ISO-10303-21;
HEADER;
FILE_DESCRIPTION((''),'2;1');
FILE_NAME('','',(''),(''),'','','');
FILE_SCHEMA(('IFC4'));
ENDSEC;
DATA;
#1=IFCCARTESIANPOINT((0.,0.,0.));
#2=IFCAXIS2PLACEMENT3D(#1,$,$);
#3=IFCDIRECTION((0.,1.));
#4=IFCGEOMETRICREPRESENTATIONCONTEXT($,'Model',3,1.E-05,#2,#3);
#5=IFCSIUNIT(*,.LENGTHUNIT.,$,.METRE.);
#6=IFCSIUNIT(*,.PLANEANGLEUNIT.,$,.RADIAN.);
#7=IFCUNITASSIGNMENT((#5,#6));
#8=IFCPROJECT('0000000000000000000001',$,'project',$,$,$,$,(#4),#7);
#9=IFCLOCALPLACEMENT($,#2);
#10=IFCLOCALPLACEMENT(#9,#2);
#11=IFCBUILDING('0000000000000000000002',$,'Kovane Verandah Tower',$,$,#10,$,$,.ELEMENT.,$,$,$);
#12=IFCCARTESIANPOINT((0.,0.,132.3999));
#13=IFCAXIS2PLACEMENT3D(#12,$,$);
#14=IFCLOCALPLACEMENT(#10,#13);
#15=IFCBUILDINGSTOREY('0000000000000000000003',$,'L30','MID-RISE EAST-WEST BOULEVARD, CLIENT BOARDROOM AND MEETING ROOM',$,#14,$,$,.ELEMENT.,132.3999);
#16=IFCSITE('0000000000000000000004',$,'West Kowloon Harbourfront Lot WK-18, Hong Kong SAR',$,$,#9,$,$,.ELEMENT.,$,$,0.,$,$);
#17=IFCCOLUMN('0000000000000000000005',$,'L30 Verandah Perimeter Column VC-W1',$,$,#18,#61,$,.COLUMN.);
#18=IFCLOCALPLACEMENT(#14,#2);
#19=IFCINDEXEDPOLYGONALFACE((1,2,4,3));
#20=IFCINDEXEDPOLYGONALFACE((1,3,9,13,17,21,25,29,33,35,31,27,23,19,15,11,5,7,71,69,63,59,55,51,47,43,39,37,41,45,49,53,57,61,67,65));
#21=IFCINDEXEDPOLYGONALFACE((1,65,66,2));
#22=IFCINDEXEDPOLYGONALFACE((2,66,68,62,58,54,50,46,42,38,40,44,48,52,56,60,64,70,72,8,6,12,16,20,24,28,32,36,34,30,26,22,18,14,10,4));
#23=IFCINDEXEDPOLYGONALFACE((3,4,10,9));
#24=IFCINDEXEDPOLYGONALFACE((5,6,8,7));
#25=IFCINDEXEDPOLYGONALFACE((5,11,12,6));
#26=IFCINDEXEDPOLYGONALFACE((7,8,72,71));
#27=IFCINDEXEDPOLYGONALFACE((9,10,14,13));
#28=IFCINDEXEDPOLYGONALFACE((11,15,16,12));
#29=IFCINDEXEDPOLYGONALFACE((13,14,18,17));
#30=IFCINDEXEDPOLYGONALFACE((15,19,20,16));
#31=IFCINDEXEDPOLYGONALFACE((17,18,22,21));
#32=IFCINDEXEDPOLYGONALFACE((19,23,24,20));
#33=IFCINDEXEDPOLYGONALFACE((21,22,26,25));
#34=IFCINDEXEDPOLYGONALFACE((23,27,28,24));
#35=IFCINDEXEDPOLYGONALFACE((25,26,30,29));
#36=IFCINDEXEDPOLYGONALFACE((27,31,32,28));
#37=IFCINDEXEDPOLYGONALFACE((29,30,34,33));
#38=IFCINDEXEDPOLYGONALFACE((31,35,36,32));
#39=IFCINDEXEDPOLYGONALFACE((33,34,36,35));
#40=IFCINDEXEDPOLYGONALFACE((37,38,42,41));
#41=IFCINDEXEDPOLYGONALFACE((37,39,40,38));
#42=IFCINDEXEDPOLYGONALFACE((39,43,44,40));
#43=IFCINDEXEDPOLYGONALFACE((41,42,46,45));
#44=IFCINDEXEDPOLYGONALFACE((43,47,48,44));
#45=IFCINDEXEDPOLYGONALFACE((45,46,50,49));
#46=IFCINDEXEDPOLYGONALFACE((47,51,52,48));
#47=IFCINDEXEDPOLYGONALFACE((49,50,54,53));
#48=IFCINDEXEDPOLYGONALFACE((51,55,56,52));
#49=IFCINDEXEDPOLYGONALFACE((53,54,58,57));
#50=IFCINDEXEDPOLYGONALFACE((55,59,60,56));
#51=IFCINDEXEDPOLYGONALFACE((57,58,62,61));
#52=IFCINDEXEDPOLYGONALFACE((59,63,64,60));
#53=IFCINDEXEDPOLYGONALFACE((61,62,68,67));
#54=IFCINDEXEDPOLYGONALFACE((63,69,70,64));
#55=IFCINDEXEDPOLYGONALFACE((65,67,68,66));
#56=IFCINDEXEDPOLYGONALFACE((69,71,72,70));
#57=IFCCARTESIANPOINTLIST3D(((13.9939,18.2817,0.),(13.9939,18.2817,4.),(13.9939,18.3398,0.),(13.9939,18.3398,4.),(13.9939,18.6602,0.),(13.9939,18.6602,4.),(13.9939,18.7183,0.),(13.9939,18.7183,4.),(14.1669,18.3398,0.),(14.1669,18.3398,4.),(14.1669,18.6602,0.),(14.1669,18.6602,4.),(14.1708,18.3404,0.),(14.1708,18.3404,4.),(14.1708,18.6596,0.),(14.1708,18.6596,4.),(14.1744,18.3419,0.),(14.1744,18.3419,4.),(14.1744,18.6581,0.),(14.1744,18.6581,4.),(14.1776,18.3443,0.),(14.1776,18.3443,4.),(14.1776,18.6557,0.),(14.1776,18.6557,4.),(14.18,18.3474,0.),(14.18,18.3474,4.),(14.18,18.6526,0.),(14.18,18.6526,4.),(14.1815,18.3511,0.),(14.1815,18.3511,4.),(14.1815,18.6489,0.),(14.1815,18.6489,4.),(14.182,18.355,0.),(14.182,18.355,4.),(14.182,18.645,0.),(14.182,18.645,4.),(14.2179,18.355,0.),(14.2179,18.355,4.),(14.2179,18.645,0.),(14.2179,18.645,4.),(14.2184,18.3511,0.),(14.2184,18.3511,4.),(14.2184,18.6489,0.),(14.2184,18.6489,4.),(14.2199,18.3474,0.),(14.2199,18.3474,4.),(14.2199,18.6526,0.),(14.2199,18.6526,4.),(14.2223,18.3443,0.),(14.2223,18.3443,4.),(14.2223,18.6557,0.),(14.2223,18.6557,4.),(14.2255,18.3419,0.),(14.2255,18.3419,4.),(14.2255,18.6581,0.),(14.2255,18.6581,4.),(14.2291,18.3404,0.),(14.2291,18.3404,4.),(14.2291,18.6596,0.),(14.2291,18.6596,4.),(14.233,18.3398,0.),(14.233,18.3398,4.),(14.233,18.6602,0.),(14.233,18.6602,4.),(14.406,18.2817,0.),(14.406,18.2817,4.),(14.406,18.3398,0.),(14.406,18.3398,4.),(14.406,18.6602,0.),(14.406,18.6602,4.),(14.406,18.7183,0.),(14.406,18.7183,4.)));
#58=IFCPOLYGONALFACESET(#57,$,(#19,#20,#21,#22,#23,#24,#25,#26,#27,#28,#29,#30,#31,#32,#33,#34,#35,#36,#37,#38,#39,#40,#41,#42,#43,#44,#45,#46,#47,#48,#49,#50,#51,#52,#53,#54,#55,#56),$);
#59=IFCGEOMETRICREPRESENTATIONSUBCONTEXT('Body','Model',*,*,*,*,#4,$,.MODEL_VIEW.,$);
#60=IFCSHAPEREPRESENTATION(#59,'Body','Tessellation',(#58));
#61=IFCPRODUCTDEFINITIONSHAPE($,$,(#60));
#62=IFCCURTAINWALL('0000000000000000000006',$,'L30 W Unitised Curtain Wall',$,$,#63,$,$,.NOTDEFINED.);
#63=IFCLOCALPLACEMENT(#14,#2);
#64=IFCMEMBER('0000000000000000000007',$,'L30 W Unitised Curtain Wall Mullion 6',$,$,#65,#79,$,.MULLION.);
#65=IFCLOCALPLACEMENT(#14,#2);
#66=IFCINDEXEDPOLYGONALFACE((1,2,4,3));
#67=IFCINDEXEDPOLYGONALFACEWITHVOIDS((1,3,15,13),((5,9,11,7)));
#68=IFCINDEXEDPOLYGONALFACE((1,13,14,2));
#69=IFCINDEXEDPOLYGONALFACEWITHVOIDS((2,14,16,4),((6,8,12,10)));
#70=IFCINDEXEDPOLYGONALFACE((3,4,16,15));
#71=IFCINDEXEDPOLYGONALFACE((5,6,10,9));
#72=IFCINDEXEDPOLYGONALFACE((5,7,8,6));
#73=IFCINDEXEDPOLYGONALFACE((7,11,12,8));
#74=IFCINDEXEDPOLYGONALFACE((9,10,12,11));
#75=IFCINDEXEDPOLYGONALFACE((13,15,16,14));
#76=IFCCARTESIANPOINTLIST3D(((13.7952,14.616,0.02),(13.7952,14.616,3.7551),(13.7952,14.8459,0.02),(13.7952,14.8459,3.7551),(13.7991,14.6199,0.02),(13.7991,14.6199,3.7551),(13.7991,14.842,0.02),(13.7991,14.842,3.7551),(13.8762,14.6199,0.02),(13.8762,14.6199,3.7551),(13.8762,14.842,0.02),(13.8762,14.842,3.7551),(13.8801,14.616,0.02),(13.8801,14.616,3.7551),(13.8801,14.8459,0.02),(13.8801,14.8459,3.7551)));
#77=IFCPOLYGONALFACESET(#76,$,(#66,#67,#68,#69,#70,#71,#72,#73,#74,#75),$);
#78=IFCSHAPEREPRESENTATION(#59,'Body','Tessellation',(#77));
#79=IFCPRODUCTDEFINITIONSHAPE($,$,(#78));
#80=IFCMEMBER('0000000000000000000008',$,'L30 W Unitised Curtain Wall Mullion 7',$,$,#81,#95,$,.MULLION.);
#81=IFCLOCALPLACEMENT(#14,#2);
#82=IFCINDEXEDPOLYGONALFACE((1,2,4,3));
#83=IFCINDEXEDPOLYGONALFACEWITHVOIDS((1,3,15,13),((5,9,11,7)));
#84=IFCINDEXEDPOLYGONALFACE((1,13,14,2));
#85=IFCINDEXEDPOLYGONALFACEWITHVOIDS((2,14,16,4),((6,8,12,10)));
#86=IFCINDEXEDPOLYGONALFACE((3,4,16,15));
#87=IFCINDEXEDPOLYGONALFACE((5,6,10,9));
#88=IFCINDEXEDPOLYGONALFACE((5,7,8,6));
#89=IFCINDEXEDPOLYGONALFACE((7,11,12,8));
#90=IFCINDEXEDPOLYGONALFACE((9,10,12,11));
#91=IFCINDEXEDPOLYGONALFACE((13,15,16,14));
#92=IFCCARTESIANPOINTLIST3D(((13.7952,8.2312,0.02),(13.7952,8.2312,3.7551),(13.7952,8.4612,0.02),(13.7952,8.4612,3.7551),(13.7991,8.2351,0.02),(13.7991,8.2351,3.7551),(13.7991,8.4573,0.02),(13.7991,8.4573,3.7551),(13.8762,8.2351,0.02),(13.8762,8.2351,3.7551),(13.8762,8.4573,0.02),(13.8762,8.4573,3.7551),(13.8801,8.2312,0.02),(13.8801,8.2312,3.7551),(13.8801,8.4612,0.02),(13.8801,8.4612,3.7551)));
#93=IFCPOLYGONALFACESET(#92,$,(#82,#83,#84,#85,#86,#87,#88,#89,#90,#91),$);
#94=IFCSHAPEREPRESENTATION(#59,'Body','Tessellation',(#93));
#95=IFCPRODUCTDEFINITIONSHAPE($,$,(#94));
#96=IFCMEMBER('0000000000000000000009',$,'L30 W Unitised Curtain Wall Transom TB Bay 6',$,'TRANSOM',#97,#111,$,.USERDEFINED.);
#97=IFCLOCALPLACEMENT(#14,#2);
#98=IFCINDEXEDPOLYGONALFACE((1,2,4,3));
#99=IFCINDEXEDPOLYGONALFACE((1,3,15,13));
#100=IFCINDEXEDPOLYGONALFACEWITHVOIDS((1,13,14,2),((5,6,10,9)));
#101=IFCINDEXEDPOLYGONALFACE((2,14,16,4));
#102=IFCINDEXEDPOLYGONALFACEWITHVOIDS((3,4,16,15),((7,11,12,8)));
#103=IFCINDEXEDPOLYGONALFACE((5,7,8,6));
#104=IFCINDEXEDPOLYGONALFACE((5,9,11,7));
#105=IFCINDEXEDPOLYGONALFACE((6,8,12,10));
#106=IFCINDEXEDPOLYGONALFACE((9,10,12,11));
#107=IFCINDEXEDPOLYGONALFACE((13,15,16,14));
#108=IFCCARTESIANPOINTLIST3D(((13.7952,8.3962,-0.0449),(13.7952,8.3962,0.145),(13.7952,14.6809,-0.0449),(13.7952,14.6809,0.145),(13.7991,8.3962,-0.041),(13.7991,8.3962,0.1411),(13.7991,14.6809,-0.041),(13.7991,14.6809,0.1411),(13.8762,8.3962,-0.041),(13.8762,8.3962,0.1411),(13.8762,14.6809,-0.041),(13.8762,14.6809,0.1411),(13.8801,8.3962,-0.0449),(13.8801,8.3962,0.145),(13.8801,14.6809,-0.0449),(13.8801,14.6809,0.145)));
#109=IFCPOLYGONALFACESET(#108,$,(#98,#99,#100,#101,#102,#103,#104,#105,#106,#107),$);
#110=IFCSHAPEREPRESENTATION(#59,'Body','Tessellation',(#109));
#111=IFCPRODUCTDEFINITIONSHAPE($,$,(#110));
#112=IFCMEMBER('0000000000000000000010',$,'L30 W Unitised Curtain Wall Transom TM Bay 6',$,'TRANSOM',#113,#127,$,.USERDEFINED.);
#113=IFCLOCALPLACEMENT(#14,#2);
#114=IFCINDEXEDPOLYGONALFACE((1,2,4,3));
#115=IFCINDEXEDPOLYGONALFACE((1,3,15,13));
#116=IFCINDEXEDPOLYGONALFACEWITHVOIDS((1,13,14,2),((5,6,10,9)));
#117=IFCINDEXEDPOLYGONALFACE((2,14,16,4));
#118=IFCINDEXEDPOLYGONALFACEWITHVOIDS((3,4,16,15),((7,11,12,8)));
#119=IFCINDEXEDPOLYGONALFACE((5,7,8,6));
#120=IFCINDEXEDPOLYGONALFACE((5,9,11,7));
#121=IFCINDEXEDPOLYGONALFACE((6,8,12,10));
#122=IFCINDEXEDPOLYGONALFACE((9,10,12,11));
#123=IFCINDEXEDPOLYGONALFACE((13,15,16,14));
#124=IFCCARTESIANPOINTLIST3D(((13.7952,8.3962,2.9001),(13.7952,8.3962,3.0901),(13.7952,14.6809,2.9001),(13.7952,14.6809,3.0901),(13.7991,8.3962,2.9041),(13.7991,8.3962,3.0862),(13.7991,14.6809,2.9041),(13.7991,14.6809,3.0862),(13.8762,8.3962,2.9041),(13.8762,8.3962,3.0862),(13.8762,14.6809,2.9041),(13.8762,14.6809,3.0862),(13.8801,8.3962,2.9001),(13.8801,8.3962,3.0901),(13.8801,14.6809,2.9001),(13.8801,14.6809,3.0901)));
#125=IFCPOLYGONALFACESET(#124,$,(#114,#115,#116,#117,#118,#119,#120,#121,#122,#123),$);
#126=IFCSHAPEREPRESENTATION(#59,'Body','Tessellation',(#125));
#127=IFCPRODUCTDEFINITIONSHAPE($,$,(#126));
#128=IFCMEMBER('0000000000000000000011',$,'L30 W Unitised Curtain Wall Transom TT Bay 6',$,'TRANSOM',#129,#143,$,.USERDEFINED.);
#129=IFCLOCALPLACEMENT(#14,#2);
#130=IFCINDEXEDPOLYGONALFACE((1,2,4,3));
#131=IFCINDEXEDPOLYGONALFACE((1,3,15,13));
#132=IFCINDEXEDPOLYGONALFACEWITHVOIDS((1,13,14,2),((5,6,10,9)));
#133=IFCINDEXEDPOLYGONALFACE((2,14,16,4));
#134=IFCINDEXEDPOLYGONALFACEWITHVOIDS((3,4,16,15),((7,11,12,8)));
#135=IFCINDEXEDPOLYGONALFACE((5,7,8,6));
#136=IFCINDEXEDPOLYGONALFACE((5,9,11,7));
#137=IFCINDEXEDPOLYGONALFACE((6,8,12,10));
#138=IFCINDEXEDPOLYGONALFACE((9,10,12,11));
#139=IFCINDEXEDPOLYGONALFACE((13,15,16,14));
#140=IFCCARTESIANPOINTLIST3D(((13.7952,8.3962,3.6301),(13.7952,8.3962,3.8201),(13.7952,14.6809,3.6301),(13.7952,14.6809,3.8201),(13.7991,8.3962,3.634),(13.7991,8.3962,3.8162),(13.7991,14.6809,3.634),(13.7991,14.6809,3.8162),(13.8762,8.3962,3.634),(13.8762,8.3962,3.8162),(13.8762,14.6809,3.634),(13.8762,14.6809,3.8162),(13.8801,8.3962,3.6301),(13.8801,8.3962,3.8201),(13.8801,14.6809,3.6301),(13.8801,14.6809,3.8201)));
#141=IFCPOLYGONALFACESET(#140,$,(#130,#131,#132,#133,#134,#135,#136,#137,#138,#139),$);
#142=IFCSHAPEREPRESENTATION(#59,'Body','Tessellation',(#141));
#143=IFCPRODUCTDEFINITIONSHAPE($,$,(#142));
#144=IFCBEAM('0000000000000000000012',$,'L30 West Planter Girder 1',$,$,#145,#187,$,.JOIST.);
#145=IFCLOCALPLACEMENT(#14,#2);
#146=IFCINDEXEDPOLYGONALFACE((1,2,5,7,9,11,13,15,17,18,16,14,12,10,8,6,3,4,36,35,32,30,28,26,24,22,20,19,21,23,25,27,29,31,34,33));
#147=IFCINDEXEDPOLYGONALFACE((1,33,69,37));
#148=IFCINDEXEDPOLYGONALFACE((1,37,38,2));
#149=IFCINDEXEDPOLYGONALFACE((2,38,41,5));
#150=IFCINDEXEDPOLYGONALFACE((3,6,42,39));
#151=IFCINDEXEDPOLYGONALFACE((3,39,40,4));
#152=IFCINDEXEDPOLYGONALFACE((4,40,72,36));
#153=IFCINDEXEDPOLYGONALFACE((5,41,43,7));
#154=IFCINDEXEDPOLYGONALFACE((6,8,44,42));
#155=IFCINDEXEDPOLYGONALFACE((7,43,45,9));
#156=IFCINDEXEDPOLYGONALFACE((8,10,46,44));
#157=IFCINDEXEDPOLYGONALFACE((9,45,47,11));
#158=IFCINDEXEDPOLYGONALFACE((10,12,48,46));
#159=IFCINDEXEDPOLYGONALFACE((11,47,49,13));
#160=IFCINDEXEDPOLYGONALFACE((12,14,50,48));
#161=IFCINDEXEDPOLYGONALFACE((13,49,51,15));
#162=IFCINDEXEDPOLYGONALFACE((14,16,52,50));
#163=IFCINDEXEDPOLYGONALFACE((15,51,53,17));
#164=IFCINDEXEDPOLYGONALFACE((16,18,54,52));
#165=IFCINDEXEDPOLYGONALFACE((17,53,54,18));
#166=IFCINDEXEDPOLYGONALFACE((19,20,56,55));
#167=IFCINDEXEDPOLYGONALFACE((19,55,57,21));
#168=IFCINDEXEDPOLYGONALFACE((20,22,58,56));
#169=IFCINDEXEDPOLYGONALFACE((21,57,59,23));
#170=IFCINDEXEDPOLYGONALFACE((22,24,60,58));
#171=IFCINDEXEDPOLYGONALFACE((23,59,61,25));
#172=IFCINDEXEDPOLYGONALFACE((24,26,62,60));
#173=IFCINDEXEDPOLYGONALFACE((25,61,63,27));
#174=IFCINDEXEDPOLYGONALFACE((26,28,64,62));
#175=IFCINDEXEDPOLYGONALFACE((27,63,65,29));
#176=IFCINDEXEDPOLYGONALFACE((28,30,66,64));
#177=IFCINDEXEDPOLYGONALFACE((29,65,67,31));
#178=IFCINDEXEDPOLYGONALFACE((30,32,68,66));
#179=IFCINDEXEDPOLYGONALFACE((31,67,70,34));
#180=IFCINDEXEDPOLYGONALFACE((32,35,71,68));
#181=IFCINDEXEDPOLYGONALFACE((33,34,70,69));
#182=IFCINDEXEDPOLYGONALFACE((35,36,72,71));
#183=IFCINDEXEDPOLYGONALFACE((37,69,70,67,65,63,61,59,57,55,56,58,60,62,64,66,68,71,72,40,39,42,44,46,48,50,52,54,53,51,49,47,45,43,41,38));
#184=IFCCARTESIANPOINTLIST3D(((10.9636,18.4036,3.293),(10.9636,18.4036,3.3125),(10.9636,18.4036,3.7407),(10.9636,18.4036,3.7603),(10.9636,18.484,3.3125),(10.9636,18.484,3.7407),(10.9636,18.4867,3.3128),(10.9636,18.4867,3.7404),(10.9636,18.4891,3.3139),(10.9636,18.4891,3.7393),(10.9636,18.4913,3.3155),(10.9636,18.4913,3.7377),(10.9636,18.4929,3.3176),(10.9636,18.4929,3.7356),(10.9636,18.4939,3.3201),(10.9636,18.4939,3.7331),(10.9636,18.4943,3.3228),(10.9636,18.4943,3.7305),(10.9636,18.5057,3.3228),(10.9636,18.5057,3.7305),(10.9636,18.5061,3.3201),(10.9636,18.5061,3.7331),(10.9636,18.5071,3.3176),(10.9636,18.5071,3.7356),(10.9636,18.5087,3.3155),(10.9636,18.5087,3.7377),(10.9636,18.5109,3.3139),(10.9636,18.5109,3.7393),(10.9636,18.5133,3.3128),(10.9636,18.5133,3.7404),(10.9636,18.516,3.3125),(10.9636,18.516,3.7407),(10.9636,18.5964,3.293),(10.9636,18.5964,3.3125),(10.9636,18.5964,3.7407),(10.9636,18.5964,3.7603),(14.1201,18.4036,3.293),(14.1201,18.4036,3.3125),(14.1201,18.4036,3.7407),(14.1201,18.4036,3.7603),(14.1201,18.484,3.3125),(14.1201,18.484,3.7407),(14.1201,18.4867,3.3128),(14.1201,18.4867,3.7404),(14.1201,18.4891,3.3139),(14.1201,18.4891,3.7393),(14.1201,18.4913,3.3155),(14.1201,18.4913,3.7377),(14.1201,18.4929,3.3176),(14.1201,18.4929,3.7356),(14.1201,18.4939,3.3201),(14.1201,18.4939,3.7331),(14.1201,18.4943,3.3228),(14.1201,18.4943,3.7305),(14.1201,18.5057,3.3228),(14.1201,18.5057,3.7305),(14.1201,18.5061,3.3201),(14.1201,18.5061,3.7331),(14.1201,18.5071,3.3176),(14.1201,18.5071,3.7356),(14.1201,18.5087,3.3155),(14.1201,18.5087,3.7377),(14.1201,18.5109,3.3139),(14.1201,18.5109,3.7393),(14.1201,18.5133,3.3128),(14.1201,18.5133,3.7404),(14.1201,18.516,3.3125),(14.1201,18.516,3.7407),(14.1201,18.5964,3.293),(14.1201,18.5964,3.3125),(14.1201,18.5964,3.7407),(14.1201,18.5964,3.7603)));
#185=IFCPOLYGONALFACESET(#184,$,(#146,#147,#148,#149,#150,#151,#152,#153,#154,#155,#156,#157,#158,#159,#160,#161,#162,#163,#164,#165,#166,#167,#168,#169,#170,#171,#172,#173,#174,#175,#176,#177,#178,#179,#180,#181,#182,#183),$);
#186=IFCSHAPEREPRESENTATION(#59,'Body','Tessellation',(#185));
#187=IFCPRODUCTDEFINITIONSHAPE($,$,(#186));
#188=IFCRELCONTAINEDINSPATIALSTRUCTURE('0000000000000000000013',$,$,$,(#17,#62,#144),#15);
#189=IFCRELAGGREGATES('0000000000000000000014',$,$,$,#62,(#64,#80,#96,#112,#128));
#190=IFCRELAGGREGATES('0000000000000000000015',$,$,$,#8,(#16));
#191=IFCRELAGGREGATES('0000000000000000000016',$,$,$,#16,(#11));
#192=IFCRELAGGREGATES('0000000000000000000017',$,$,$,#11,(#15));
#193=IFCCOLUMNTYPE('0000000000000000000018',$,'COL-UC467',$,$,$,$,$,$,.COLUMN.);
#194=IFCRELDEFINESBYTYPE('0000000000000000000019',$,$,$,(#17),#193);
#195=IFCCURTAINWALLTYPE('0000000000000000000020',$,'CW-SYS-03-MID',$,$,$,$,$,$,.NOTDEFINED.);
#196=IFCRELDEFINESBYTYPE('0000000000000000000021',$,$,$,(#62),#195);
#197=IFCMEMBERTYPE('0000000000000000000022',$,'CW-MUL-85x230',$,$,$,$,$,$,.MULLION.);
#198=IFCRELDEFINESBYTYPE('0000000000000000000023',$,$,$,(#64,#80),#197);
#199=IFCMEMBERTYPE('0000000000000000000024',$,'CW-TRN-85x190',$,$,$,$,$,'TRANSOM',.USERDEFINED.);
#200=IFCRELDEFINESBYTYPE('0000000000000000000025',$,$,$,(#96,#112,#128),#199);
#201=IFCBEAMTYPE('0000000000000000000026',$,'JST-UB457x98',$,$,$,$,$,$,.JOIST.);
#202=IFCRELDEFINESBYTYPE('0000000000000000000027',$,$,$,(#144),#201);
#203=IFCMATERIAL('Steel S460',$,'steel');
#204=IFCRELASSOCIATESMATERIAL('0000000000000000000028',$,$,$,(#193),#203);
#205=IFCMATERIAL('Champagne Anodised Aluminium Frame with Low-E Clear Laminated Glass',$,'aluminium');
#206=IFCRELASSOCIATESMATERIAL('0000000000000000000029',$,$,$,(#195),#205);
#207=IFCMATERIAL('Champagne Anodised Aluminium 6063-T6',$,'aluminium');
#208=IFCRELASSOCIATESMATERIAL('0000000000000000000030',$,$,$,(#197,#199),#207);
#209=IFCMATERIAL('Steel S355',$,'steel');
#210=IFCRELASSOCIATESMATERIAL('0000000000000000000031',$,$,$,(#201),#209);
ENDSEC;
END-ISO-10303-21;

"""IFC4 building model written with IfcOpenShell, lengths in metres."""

from ifc_helpers import new_model, si_unit, direction, frame, origin, origin_2d, place, context, subcontext, project, spatial, hollow_rectangle, i_section, extrude, material, material_profile, profile_set, type_object, element, aggregate, save


model = new_model("IFC4")

# Units and contexts
model_context = context("Model", 3, precision=1e-05, world=origin(), true_north=direction((0.0, 1.0)))
body_context = subcontext(model_context, "Body", "Model", "MODEL_VIEW")
ifc_project = project(units=[si_unit("LENGTHUNIT", "METRE"), si_unit("PLANEANGLEUNIT", "RADIAN")], contexts=[model_context])

# Site, building, storey
site_placement = place(None, origin())
site = spatial("IfcSite", under=ifc_project, at=site_placement, Name="West Kowloon Harbourfront Lot WK-18, Hong Kong SAR", CompositionType="ELEMENT", RefElevation=0.0)
building_placement = place(site_placement, origin())
building = spatial("IfcBuilding", under=site, at=building_placement, Name="Kovane Verandah Tower", CompositionType="ELEMENT")
storey_placement = place(building_placement, frame((0.0, 0.0, 132.3999)))
storey = spatial("IfcBuildingStorey", under=building, at=storey_placement, Name="L30", Description="MID-RISE EAST-WEST BOULEVARD, CLIENT BOARDROOM AND MEETING ROOM", CompositionType="ELEMENT", Elevation=132.3999)

# Column
ifc_material_1 = material(Name="Steel S460", Category="steel")
ifc_material_profile_1 = material_profile(ifc_material_1, i_section(OverallWidth=0.4121, OverallDepth=0.4365, WebThickness=0.0359, FlangeThickness=0.0581, FilletRadius=0.0151, at=origin_2d()), Name="UC356x406x467")
ifc_profile_set_1 = profile_set([ifc_material_profile_1], Name="Steel S460")
column_type = type_object("IfcColumnType", Name="COL-UC467", PredefinedType="COLUMN", material=ifc_profile_set_1)
column_placement = place(storey_placement, frame((14.2, 18.5, 0.0), z_axis=(0.0, 0.0, 1.0), x_axis=(1.0, 0.0, 0.0)))
element("IfcColumn", 1, at=column_placement, inside=storey, type_object=column_type, Name="L30 Verandah Perimeter Column VC-W1", PredefinedType="COLUMN", context=body_context, shape_type="SweptSolid", body=[
    extrude(i_section(OverallWidth=0.4121, OverallDepth=0.4365, WebThickness=0.0359, FlangeThickness=0.0581, FilletRadius=0.0151, at=origin_2d()), origin(), (0.0, 0.0, 1.0), 4.0),
])

# Curtain wall, members
ifc_material_2 = material(Name="Champagne Anodised Aluminium Frame with Low-E Clear Laminated Glass", Category="aluminium")
curtain_wall_type = type_object("IfcCurtainWallType", Name="CW-SYS-03-MID", PredefinedType="NOTDEFINED", material=ifc_material_2)
curtain_wall_placement = place(storey_placement, origin())
curtain_wall = element("IfcCurtainWall", 2, at=curtain_wall_placement, inside=storey, type_object=curtain_wall_type, Name="L30 W Unitised Curtain Wall", PredefinedType="NOTDEFINED")
ifc_material_3 = material(Name="Champagne Anodised Aluminium 6063-T6", Category="aluminium")
ifc_material_profile_2 = material_profile(ifc_material_3, hollow_rectangle(XDim=0.085, YDim=0.23, WallThickness=0.0039, at=origin_2d()), Name="AL85x230x4")
ifc_profile_set_2 = profile_set([ifc_material_profile_2], Name="Champagne Anodised Aluminium 6063-T6")
member_type_1 = type_object("IfcMemberType", Name="CW-MUL-85x230", PredefinedType="MULLION", material=ifc_profile_set_2)
member_1_placement = place(storey_placement, frame((13.8376, 14.731, 0.02), z_axis=(0.0, 0.0, 1.0), x_axis=(-1.0, 0.0, 0.0)))
member_1 = element("IfcMember", 3, at=member_1_placement, type_object=member_type_1, Name="L30 W Unitised Curtain Wall Mullion 6", PredefinedType="MULLION", context=body_context, shape_type="SweptSolid", body=[
    extrude(hollow_rectangle(XDim=0.085, YDim=0.23, WallThickness=0.0039, at=origin_2d()), origin(), (0.0, 0.0, 1.0), 3.7351),
])
member_2_placement = place(storey_placement, frame((13.8376, 8.3462, 0.02), z_axis=(0.0, 0.0, 1.0), x_axis=(-1.0, 0.0, 0.0)))
member_2 = element("IfcMember", 4, at=member_2_placement, type_object=member_type_1, Name="L30 W Unitised Curtain Wall Mullion 7", PredefinedType="MULLION", context=body_context, shape_type="SweptSolid", body=[
    extrude(hollow_rectangle(XDim=0.085, YDim=0.23, WallThickness=0.0039, at=origin_2d()), origin(), (0.0, 0.0, 1.0), 3.7351),
])
ifc_material_profile_3 = material_profile(ifc_material_3, hollow_rectangle(XDim=0.085, YDim=0.1899, WallThickness=0.0039, at=origin_2d()), Name="AL85x190x4")
ifc_profile_set_3 = profile_set([ifc_material_profile_3], Name="Champagne Anodised Aluminium 6063-T6")
member_type_2 = type_object("IfcMemberType", Name="CW-TRN-85x190", ElementType="TRANSOM", PredefinedType="USERDEFINED", material=ifc_profile_set_3)
member_3_placement = place(storey_placement, frame((13.8376, 14.6809, 0.05), z_axis=(0.0, -1.0, 0.0), x_axis=(1.0, 0.0, 0.0)))
member_3 = element("IfcMember", 5, at=member_3_placement, type_object=member_type_2, Name="L30 W Unitised Curtain Wall Transom TB Bay 6", ObjectType="TRANSOM", PredefinedType="USERDEFINED", context=body_context, shape_type="SweptSolid", body=[
    extrude(hollow_rectangle(XDim=0.085, YDim=0.1899, WallThickness=0.0039, at=origin_2d()), origin(), (0.0, 0.0, 1.0), 6.2847),
])
member_4_placement = place(storey_placement, frame((13.8376, 14.6809, 2.9951), z_axis=(0.0, -1.0, 0.0), x_axis=(1.0, 0.0, 0.0)))
member_4 = element("IfcMember", 6, at=member_4_placement, type_object=member_type_2, Name="L30 W Unitised Curtain Wall Transom TM Bay 6", ObjectType="TRANSOM", PredefinedType="USERDEFINED", context=body_context, shape_type="SweptSolid", body=[
    extrude(hollow_rectangle(XDim=0.085, YDim=0.1899, WallThickness=0.0039, at=origin_2d()), origin(), (0.0, 0.0, 1.0), 6.2847),
])
member_5_placement = place(storey_placement, frame((13.8376, 14.6809, 3.7251), z_axis=(0.0, -1.0, 0.0), x_axis=(1.0, 0.0, 0.0)))
member_5 = element("IfcMember", 7, at=member_5_placement, type_object=member_type_2, Name="L30 W Unitised Curtain Wall Transom TT Bay 6", ObjectType="TRANSOM", PredefinedType="USERDEFINED", context=body_context, shape_type="SweptSolid", body=[
    extrude(hollow_rectangle(XDim=0.085, YDim=0.1899, WallThickness=0.0039, at=origin_2d()), origin(), (0.0, 0.0, 1.0), 6.2847),
])

# Beam
ifc_material_4 = material(Name="Steel S355", Category="steel")
ifc_material_profile_4 = material_profile(ifc_material_4, i_section(OverallWidth=0.1929, OverallDepth=0.4673, WebThickness=0.0115, FlangeThickness=0.0195, FilletRadius=0.0103, at=origin_2d()), Name="UB457x191x98")
ifc_profile_set_4 = profile_set([ifc_material_profile_4], Name="Steel S355")
beam_type_1 = type_object("IfcBeamType", Name="JST-UB457x98", PredefinedType="JOIST", material=ifc_profile_set_4)
beam_1_placement = place(storey_placement, frame((14.1201, 18.5, 3.5266), z_axis=(-1.0, 0.0, 0.0), x_axis=(0.0, -1.0, 0.0)))
element("IfcBeam", 8, at=beam_1_placement, inside=storey, type_object=beam_type_1, Name="L30 West Planter Girder 1", PredefinedType="JOIST", context=body_context, shape_type="SweptSolid", body=[
    extrude(i_section(OverallWidth=0.1929, OverallDepth=0.4673, WebThickness=0.0115, FlangeThickness=0.0195, FilletRadius=0.0103, at=origin_2d()), origin(), (0.0, 0.0, 1.0), 3.1565),
])

aggregate(curtain_wall, [member_1, member_2, member_3, member_4, member_5])

save(model, "model.ifc")
